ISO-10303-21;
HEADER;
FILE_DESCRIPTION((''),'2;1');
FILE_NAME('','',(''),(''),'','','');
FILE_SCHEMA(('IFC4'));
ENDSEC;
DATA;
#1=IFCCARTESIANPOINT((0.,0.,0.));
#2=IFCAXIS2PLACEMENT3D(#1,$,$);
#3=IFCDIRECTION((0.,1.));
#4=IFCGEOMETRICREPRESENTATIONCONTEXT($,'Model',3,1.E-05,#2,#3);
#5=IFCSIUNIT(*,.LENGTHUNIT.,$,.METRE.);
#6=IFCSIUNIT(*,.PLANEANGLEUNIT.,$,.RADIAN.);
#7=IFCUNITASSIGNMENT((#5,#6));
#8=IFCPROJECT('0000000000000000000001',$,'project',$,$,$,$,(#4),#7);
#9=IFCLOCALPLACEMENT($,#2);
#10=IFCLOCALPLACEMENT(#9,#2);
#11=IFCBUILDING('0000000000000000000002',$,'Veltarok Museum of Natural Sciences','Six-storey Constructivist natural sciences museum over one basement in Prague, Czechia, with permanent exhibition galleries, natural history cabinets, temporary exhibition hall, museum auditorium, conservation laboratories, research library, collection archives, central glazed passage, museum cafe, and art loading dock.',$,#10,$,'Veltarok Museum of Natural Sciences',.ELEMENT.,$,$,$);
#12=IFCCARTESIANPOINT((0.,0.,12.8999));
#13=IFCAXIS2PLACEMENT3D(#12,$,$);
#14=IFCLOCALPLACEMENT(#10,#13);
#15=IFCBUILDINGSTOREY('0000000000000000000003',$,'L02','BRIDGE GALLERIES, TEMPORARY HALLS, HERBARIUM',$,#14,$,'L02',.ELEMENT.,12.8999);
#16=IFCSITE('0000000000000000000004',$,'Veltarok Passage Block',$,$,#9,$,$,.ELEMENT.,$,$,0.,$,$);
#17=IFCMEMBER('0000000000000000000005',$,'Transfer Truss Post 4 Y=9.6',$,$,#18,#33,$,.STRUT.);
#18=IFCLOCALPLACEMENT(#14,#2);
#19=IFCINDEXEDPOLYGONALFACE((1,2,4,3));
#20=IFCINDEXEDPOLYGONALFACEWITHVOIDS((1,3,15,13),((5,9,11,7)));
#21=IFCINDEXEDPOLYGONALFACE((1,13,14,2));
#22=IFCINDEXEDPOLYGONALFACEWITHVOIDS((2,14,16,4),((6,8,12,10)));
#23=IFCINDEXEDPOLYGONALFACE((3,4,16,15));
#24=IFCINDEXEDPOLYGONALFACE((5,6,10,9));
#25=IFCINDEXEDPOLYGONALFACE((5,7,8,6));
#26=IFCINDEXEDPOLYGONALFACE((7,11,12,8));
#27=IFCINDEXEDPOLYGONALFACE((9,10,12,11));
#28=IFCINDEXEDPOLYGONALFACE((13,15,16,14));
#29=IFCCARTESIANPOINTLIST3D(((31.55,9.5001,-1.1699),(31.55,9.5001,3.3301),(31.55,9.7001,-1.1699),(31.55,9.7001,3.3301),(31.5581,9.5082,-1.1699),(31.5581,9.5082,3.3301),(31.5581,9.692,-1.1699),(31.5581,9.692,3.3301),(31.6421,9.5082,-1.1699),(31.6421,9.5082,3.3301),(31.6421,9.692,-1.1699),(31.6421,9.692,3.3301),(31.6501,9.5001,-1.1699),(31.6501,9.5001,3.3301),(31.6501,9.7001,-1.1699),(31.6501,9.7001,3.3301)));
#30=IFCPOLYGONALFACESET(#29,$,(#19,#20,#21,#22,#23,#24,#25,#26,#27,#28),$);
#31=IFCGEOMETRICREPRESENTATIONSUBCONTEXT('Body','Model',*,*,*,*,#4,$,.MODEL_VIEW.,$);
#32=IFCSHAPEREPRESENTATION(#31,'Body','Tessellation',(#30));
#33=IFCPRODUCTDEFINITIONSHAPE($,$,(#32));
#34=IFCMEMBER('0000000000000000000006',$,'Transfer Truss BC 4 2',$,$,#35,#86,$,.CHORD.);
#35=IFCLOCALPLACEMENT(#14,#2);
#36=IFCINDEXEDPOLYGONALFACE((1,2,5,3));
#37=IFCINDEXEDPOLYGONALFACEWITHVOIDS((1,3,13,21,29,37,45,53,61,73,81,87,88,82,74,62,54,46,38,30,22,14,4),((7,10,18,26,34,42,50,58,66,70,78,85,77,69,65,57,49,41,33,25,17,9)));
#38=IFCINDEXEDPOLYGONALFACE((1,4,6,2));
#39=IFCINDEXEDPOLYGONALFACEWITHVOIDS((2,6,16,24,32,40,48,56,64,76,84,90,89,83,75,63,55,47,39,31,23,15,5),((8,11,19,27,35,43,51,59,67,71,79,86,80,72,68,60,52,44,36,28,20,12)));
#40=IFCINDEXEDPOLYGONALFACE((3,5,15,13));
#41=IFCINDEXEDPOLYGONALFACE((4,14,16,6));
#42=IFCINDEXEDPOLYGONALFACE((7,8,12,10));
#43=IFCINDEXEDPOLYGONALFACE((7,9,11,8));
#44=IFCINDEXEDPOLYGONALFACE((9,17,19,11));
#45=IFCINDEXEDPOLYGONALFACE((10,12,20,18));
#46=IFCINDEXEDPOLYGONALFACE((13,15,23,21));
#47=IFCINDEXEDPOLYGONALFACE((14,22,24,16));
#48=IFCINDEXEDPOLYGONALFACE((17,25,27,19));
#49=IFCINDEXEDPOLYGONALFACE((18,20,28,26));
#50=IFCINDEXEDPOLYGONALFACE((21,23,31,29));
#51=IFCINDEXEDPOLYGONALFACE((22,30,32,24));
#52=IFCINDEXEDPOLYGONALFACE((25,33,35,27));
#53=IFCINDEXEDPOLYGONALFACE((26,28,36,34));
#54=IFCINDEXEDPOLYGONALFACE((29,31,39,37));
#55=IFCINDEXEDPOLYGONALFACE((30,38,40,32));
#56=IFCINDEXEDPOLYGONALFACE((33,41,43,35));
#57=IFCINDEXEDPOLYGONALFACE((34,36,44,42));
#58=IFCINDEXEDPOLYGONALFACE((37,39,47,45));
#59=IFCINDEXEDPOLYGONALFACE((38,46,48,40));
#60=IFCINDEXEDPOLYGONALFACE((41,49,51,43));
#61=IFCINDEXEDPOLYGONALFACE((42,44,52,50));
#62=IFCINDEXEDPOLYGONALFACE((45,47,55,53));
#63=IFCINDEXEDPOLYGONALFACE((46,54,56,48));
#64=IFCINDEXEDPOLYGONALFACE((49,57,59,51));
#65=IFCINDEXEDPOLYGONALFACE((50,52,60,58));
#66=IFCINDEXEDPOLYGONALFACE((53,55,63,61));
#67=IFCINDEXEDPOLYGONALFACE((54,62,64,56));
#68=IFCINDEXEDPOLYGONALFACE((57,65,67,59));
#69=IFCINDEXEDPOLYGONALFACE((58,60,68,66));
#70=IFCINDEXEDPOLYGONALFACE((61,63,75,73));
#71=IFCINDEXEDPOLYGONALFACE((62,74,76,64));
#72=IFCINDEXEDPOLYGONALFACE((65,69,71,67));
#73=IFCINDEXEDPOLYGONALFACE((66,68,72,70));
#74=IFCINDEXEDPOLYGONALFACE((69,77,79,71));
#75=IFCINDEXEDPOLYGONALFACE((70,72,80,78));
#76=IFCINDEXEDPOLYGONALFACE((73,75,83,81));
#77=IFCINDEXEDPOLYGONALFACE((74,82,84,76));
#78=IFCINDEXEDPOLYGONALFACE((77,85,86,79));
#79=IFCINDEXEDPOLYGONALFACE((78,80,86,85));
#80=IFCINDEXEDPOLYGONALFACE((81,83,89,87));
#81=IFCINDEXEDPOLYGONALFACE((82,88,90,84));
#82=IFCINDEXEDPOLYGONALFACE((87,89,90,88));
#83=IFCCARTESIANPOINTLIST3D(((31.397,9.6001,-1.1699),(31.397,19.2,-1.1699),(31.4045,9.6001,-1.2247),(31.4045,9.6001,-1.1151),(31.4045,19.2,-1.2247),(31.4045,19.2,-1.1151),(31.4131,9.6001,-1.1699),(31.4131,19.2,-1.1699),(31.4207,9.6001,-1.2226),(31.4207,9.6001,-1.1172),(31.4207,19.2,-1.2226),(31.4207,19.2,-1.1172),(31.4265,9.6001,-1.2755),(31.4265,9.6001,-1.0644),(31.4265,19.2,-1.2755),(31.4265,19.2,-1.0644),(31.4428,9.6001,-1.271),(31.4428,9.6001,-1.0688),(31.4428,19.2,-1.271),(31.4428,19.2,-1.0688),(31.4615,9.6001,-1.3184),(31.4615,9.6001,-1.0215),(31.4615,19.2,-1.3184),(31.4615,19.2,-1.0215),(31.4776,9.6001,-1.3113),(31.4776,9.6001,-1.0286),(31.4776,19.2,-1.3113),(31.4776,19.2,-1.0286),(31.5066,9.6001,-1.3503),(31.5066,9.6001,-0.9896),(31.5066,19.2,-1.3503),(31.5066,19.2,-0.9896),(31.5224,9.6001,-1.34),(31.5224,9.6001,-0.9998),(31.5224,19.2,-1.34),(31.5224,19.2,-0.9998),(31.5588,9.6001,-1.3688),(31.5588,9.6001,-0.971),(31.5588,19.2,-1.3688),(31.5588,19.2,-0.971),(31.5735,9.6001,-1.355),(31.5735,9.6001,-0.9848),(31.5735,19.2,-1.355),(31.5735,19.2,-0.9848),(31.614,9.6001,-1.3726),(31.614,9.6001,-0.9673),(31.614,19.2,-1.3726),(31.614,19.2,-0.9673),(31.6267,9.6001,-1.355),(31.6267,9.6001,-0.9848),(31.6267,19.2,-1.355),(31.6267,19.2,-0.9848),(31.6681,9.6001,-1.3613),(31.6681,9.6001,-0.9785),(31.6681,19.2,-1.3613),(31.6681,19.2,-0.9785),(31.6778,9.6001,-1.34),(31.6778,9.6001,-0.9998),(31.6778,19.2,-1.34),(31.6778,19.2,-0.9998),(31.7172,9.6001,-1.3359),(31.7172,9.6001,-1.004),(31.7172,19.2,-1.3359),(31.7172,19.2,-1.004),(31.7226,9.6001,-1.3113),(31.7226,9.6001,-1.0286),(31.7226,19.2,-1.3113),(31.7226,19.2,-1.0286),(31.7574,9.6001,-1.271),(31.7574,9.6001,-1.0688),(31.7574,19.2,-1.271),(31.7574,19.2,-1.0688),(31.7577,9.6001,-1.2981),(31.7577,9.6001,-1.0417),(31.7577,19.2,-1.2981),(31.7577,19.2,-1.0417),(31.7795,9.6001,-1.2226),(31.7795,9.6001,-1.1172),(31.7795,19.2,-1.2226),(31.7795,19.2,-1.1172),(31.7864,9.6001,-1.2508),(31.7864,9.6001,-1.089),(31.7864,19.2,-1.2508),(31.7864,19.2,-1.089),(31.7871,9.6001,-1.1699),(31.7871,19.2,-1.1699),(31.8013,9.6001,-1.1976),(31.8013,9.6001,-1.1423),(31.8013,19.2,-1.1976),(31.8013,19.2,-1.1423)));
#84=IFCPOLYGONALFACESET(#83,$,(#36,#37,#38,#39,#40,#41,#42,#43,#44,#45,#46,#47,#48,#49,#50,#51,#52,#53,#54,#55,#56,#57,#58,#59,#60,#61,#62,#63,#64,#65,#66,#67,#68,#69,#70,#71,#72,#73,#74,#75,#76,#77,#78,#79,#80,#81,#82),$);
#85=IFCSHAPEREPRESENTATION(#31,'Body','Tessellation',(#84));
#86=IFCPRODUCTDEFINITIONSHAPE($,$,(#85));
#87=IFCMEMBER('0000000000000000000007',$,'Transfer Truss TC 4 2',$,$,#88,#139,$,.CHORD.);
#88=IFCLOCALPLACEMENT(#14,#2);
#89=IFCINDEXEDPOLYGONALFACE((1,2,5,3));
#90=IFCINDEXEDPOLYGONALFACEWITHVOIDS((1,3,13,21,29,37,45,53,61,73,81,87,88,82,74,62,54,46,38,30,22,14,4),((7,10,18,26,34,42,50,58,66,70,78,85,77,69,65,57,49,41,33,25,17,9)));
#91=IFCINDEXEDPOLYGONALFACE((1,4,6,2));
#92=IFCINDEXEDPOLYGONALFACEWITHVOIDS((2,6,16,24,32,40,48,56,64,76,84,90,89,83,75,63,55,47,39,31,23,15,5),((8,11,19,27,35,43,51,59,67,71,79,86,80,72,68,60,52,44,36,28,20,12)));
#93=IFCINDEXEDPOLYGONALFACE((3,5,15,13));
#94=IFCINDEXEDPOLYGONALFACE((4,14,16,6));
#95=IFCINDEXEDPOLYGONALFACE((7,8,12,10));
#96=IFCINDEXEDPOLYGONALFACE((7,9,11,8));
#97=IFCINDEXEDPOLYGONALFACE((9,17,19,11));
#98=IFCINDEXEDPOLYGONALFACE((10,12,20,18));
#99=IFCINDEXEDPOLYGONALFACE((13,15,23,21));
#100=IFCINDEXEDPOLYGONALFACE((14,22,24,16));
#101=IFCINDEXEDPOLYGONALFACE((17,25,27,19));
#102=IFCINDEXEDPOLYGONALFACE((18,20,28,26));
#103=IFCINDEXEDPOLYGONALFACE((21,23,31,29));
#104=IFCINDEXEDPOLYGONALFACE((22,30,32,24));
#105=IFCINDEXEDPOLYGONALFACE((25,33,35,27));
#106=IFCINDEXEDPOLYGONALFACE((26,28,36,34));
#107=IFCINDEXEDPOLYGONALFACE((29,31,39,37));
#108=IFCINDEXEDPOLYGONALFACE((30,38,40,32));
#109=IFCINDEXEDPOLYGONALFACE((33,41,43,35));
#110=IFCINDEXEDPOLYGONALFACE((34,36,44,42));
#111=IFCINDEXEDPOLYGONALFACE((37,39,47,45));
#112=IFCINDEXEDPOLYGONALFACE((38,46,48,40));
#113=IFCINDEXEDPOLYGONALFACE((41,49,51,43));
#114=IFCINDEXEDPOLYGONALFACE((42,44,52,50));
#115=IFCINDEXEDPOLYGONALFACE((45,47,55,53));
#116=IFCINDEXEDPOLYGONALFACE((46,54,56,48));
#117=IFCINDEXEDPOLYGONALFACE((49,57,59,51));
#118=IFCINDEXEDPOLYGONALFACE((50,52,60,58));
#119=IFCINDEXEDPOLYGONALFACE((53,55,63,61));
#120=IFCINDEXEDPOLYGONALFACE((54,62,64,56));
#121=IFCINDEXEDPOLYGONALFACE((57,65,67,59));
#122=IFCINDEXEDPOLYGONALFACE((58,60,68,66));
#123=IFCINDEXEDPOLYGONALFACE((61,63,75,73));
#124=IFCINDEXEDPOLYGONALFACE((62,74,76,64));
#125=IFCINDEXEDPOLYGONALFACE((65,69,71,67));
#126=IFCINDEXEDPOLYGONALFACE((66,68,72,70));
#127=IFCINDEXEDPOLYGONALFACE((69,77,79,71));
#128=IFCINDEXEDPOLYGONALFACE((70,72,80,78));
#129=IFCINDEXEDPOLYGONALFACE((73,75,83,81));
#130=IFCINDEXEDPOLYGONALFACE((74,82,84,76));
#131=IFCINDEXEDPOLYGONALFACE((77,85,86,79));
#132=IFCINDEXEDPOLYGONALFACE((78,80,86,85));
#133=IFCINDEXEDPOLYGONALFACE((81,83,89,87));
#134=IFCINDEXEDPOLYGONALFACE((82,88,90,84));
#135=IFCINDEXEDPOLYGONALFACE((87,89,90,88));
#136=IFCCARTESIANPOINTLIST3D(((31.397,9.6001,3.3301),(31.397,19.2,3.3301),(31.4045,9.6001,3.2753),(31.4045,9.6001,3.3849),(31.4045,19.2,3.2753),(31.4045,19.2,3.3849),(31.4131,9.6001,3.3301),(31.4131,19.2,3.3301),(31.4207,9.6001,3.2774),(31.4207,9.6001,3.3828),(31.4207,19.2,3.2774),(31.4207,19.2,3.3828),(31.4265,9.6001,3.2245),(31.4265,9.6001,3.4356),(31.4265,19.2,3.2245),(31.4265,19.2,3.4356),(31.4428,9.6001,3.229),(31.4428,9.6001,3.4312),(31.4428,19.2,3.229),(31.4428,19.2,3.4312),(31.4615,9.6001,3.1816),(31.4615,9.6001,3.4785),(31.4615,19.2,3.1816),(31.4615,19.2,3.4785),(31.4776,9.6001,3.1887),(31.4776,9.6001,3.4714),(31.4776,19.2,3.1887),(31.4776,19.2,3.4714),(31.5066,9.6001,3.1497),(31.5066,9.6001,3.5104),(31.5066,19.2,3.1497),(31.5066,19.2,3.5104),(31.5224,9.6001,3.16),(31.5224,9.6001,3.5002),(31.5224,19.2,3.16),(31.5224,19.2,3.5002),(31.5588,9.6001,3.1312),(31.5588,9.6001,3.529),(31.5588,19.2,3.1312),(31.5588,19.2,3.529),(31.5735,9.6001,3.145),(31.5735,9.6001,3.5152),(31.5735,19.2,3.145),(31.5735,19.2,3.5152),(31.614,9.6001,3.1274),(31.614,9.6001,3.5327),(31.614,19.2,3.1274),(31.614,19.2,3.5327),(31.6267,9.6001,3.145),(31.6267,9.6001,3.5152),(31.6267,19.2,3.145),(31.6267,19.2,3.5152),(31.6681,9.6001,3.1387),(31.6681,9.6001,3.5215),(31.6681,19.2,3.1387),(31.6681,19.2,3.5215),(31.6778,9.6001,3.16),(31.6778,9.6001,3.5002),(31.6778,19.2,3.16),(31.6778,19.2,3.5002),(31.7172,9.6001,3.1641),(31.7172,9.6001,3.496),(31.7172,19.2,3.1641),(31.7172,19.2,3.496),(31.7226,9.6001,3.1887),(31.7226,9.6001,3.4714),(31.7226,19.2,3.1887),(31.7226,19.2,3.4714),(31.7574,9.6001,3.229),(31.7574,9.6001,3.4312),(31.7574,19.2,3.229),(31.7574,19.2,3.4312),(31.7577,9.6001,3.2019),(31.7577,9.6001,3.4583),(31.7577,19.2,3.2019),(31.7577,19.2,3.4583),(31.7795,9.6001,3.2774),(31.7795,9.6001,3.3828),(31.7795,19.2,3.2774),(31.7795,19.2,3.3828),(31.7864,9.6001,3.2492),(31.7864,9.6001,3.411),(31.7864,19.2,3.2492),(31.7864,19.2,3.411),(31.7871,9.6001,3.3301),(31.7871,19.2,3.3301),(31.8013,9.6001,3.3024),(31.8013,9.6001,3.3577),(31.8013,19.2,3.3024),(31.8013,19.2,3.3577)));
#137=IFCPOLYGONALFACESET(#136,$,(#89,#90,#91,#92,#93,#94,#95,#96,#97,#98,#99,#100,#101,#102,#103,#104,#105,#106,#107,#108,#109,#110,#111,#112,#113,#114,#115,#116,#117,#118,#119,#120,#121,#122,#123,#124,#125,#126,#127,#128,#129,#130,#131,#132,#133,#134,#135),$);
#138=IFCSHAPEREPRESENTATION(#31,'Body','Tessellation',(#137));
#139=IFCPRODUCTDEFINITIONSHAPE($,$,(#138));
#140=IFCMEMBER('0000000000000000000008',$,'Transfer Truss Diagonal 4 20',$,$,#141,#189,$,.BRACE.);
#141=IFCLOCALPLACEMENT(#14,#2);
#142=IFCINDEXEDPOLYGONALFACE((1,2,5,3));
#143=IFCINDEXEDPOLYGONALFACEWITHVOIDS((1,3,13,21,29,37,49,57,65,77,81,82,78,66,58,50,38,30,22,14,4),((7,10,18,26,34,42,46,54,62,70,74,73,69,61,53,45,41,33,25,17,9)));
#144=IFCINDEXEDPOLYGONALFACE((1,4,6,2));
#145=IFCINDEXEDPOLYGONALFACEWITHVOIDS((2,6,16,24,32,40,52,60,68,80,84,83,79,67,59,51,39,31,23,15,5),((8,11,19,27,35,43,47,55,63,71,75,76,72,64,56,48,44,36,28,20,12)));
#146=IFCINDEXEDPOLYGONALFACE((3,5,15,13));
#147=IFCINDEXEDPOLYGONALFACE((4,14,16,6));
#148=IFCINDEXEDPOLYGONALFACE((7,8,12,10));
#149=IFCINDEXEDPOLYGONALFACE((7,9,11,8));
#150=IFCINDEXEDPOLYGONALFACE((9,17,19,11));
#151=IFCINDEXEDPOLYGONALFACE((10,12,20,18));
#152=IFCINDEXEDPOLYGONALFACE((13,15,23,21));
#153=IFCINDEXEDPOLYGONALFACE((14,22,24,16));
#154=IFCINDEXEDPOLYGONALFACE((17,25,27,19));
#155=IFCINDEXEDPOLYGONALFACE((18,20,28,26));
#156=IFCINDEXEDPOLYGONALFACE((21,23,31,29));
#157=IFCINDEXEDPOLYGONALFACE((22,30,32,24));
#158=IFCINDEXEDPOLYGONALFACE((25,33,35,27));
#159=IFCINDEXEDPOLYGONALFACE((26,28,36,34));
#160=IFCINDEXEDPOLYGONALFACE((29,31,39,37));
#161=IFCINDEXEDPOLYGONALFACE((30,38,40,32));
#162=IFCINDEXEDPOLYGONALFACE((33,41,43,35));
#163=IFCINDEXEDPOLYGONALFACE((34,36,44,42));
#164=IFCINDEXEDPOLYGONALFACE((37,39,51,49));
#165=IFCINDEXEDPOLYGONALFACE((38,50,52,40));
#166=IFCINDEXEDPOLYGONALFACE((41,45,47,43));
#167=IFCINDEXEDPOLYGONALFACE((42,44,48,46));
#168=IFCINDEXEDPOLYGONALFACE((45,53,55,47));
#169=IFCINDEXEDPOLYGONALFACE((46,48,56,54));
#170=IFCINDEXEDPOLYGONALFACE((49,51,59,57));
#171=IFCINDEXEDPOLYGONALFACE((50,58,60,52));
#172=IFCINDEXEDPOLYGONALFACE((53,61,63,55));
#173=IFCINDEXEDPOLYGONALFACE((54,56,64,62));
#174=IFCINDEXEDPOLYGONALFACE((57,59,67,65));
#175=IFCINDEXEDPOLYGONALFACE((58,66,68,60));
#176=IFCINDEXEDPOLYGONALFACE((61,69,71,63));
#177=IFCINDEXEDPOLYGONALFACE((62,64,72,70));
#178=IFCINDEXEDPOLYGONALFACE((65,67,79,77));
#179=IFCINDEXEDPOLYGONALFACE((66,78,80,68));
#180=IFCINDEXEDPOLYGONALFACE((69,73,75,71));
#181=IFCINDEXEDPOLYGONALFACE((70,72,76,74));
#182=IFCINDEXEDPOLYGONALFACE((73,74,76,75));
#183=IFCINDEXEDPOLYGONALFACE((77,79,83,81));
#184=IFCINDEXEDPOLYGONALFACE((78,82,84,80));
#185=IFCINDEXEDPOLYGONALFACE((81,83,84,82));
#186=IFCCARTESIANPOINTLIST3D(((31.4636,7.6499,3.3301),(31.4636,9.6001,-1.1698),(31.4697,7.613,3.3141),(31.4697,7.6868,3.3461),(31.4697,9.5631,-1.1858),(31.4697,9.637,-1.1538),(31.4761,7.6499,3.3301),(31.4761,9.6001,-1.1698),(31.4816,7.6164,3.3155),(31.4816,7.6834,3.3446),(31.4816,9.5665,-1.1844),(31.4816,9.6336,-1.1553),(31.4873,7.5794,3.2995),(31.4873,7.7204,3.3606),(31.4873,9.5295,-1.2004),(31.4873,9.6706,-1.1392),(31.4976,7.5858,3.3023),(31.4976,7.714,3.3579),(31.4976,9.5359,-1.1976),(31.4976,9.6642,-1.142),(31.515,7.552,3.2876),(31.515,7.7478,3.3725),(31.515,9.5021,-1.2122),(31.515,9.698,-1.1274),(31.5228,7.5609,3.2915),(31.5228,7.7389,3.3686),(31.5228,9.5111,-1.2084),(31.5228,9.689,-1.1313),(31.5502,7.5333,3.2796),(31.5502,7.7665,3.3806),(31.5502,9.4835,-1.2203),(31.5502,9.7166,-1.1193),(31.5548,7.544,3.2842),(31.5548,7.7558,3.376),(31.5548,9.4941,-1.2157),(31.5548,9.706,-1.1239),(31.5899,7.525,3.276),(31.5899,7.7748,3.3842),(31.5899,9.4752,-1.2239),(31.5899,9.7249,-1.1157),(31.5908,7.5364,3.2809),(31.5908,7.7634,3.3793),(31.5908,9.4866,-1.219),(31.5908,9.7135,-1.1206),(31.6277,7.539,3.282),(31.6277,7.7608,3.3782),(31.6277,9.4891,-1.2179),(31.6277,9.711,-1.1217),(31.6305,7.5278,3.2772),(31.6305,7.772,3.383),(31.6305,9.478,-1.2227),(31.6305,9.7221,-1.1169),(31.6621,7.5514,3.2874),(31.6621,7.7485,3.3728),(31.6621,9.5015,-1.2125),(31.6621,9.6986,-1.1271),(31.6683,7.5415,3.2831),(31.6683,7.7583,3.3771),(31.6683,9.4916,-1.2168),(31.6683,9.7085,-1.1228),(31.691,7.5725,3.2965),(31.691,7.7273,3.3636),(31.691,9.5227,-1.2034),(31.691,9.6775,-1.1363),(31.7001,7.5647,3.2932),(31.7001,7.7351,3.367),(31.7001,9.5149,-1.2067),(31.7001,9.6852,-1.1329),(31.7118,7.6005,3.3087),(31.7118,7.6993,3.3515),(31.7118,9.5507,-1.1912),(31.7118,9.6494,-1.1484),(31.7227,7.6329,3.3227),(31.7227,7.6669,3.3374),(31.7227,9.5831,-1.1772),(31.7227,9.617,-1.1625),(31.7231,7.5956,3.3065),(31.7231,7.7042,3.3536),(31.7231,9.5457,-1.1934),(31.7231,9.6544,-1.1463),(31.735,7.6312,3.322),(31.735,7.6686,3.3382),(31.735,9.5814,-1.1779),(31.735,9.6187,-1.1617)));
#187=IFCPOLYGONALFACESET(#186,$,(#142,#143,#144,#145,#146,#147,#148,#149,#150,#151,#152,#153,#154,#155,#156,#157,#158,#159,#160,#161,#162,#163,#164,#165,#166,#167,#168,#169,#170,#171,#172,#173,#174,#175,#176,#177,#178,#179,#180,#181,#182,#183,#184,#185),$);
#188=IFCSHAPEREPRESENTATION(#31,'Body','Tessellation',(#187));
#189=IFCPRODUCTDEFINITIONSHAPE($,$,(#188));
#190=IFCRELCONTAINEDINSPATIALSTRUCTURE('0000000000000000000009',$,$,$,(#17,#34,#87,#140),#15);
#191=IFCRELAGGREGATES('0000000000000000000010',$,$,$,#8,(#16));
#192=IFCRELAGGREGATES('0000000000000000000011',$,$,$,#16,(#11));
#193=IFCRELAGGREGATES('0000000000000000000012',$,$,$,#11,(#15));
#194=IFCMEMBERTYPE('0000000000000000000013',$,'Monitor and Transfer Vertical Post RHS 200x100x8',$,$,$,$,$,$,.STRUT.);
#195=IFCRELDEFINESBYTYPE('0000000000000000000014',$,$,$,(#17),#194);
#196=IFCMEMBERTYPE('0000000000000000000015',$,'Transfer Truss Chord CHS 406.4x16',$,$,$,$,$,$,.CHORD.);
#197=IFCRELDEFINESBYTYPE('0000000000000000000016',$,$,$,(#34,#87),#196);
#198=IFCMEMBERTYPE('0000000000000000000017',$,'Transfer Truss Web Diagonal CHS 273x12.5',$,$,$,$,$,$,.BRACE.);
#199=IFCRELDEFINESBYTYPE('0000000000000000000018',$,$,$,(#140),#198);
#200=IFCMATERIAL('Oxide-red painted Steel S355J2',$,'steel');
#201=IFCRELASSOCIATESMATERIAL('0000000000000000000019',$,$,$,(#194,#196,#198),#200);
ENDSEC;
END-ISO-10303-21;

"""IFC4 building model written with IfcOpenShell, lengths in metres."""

from ifc_helpers import new_model, si_unit, direction, frame, origin, origin_2d, place, context, subcontext, project, spatial, hollow_rectangle, hollow_circle, extrude, material, material_profile, profile_set, type_object, element, save


model = new_model("IFC4")

# Units and contexts
model_context = context("Model", 3, precision=1e-05, world=origin(), true_north=direction((0.0, 1.0)))
body_context = subcontext(model_context, "Body", "Model", "MODEL_VIEW")
ifc_project = project(units=[si_unit("LENGTHUNIT", "METRE"), si_unit("PLANEANGLEUNIT", "RADIAN")], contexts=[model_context])

# Site, building, storey
site_placement = place(None, origin())
site = spatial("IfcSite", under=ifc_project, at=site_placement, Name="Veltarok Passage Block", CompositionType="ELEMENT", RefElevation=0.0)
building_placement = place(site_placement, origin())
building = spatial("IfcBuilding", under=site, at=building_placement, Name="Veltarok Museum of Natural Sciences", Description="Six-storey Constructivist natural sciences museum over one basement in Prague, Czechia, with permanent exhibition galleries, natural history cabinets, temporary exhibition hall, museum auditorium, conservation laboratories, research library, collection archives, central glazed passage, museum cafe, and art loading dock.", LongName="Veltarok Museum of Natural Sciences", CompositionType="ELEMENT")
storey_placement = place(building_placement, frame((0.0, 0.0, 12.8999)))
storey = spatial("IfcBuildingStorey", under=building, at=storey_placement, Name="L02", Description="BRIDGE GALLERIES, TEMPORARY HALLS, HERBARIUM", LongName="L02", CompositionType="ELEMENT", Elevation=12.8999)

# Members
ifc_material_1 = material(Name="Oxide-red painted Steel S355J2", Category="steel")
ifc_material_profile_1 = material_profile(ifc_material_1, hollow_rectangle(XDim=0.1001, YDim=0.2, WallThickness=0.0081, at=origin_2d()), Name="RHS 200x100x8")
ifc_profile_set_1 = profile_set([ifc_material_profile_1], Name="Oxide-red painted Steel S355J2")
member_type_1 = type_object("IfcMemberType", Name="Monitor and Transfer Vertical Post RHS 200x100x8", PredefinedType="STRUT", material=ifc_profile_set_1)
member_1_placement = place(storey_placement, frame((31.6001, 9.6001, -1.1699), z_axis=(0.0, 0.0, 1.0), x_axis=(1.0, 0.0, 0.0)))
element("IfcMember", 1, at=member_1_placement, inside=storey, type_object=member_type_1, Name="Transfer Truss Post 4 Y=9.6", PredefinedType="STRUT", context=body_context, shape_type="SweptSolid", body=[
    extrude(hollow_rectangle(XDim=0.1001, YDim=0.2, WallThickness=0.0081, at=origin_2d()), origin(), (0.0, 0.0, 1.0), 4.5),
])
ifc_material_profile_2 = material_profile(ifc_material_1, hollow_circle(Radius=0.2031, WallThickness=0.0161, at=origin_2d()), Name="CHS 406.4x16")
ifc_profile_set_2 = profile_set([ifc_material_profile_2], Name="Oxide-red painted Steel S355J2")
member_type_2 = type_object("IfcMemberType", Name="Transfer Truss Chord CHS 406.4x16", PredefinedType="CHORD", material=ifc_profile_set_2)
for number, where, z_axis, x_axis, name in (
    (2, (31.6001, 9.6001, -1.1699), (0.0, 1.0, 0.0), (-1.0, 0.0, 0.0), "Transfer Truss BC 4 2"),
    (3, (31.6001, 9.6001, 3.3301), (0.0, 1.0, 0.0), (-1.0, 0.0, 0.0), "Transfer Truss TC 4 2"),
):
    element("IfcMember", number, at=place(storey_placement, frame(where, z_axis=z_axis, x_axis=x_axis)), inside=storey, type_object=member_type_2, Name=name, PredefinedType="CHORD", context=body_context, shape_type="SweptSolid", body=[
        extrude(hollow_circle(Radius=0.2031, WallThickness=0.0161, at=origin_2d()), origin(), (0.0, 0.0, 1.0), 9.5999),
    ])
ifc_material_profile_3 = material_profile(ifc_material_1, hollow_circle(Radius=0.1365, WallThickness=0.0125, at=origin_2d()), Name="CHS 273x12.5")
ifc_profile_set_3 = profile_set([ifc_material_profile_3], Name="Oxide-red painted Steel S355J2")
member_type_3 = type_object("IfcMemberType", Name="Transfer Truss Web Diagonal CHS 273x12.5", PredefinedType="BRACE", material=ifc_profile_set_3)
member_2_placement = place(storey_placement, frame((31.6001, 7.6499, 3.3301), z_axis=(0.0, 0.397641, -0.917541), x_axis=(-1.0, 0.0, 0.0)))
element("IfcMember", 4, at=member_2_placement, inside=storey, type_object=member_type_3, Name="Transfer Truss Diagonal 4 20", PredefinedType="BRACE", context=body_context, shape_type="SweptSolid", body=[
    extrude(hollow_circle(Radius=0.1365, WallThickness=0.0125, at=origin_2d()), origin(), (0.0, 0.0, 1.0), 4.9043),
])

save(model, "model.ifc")
